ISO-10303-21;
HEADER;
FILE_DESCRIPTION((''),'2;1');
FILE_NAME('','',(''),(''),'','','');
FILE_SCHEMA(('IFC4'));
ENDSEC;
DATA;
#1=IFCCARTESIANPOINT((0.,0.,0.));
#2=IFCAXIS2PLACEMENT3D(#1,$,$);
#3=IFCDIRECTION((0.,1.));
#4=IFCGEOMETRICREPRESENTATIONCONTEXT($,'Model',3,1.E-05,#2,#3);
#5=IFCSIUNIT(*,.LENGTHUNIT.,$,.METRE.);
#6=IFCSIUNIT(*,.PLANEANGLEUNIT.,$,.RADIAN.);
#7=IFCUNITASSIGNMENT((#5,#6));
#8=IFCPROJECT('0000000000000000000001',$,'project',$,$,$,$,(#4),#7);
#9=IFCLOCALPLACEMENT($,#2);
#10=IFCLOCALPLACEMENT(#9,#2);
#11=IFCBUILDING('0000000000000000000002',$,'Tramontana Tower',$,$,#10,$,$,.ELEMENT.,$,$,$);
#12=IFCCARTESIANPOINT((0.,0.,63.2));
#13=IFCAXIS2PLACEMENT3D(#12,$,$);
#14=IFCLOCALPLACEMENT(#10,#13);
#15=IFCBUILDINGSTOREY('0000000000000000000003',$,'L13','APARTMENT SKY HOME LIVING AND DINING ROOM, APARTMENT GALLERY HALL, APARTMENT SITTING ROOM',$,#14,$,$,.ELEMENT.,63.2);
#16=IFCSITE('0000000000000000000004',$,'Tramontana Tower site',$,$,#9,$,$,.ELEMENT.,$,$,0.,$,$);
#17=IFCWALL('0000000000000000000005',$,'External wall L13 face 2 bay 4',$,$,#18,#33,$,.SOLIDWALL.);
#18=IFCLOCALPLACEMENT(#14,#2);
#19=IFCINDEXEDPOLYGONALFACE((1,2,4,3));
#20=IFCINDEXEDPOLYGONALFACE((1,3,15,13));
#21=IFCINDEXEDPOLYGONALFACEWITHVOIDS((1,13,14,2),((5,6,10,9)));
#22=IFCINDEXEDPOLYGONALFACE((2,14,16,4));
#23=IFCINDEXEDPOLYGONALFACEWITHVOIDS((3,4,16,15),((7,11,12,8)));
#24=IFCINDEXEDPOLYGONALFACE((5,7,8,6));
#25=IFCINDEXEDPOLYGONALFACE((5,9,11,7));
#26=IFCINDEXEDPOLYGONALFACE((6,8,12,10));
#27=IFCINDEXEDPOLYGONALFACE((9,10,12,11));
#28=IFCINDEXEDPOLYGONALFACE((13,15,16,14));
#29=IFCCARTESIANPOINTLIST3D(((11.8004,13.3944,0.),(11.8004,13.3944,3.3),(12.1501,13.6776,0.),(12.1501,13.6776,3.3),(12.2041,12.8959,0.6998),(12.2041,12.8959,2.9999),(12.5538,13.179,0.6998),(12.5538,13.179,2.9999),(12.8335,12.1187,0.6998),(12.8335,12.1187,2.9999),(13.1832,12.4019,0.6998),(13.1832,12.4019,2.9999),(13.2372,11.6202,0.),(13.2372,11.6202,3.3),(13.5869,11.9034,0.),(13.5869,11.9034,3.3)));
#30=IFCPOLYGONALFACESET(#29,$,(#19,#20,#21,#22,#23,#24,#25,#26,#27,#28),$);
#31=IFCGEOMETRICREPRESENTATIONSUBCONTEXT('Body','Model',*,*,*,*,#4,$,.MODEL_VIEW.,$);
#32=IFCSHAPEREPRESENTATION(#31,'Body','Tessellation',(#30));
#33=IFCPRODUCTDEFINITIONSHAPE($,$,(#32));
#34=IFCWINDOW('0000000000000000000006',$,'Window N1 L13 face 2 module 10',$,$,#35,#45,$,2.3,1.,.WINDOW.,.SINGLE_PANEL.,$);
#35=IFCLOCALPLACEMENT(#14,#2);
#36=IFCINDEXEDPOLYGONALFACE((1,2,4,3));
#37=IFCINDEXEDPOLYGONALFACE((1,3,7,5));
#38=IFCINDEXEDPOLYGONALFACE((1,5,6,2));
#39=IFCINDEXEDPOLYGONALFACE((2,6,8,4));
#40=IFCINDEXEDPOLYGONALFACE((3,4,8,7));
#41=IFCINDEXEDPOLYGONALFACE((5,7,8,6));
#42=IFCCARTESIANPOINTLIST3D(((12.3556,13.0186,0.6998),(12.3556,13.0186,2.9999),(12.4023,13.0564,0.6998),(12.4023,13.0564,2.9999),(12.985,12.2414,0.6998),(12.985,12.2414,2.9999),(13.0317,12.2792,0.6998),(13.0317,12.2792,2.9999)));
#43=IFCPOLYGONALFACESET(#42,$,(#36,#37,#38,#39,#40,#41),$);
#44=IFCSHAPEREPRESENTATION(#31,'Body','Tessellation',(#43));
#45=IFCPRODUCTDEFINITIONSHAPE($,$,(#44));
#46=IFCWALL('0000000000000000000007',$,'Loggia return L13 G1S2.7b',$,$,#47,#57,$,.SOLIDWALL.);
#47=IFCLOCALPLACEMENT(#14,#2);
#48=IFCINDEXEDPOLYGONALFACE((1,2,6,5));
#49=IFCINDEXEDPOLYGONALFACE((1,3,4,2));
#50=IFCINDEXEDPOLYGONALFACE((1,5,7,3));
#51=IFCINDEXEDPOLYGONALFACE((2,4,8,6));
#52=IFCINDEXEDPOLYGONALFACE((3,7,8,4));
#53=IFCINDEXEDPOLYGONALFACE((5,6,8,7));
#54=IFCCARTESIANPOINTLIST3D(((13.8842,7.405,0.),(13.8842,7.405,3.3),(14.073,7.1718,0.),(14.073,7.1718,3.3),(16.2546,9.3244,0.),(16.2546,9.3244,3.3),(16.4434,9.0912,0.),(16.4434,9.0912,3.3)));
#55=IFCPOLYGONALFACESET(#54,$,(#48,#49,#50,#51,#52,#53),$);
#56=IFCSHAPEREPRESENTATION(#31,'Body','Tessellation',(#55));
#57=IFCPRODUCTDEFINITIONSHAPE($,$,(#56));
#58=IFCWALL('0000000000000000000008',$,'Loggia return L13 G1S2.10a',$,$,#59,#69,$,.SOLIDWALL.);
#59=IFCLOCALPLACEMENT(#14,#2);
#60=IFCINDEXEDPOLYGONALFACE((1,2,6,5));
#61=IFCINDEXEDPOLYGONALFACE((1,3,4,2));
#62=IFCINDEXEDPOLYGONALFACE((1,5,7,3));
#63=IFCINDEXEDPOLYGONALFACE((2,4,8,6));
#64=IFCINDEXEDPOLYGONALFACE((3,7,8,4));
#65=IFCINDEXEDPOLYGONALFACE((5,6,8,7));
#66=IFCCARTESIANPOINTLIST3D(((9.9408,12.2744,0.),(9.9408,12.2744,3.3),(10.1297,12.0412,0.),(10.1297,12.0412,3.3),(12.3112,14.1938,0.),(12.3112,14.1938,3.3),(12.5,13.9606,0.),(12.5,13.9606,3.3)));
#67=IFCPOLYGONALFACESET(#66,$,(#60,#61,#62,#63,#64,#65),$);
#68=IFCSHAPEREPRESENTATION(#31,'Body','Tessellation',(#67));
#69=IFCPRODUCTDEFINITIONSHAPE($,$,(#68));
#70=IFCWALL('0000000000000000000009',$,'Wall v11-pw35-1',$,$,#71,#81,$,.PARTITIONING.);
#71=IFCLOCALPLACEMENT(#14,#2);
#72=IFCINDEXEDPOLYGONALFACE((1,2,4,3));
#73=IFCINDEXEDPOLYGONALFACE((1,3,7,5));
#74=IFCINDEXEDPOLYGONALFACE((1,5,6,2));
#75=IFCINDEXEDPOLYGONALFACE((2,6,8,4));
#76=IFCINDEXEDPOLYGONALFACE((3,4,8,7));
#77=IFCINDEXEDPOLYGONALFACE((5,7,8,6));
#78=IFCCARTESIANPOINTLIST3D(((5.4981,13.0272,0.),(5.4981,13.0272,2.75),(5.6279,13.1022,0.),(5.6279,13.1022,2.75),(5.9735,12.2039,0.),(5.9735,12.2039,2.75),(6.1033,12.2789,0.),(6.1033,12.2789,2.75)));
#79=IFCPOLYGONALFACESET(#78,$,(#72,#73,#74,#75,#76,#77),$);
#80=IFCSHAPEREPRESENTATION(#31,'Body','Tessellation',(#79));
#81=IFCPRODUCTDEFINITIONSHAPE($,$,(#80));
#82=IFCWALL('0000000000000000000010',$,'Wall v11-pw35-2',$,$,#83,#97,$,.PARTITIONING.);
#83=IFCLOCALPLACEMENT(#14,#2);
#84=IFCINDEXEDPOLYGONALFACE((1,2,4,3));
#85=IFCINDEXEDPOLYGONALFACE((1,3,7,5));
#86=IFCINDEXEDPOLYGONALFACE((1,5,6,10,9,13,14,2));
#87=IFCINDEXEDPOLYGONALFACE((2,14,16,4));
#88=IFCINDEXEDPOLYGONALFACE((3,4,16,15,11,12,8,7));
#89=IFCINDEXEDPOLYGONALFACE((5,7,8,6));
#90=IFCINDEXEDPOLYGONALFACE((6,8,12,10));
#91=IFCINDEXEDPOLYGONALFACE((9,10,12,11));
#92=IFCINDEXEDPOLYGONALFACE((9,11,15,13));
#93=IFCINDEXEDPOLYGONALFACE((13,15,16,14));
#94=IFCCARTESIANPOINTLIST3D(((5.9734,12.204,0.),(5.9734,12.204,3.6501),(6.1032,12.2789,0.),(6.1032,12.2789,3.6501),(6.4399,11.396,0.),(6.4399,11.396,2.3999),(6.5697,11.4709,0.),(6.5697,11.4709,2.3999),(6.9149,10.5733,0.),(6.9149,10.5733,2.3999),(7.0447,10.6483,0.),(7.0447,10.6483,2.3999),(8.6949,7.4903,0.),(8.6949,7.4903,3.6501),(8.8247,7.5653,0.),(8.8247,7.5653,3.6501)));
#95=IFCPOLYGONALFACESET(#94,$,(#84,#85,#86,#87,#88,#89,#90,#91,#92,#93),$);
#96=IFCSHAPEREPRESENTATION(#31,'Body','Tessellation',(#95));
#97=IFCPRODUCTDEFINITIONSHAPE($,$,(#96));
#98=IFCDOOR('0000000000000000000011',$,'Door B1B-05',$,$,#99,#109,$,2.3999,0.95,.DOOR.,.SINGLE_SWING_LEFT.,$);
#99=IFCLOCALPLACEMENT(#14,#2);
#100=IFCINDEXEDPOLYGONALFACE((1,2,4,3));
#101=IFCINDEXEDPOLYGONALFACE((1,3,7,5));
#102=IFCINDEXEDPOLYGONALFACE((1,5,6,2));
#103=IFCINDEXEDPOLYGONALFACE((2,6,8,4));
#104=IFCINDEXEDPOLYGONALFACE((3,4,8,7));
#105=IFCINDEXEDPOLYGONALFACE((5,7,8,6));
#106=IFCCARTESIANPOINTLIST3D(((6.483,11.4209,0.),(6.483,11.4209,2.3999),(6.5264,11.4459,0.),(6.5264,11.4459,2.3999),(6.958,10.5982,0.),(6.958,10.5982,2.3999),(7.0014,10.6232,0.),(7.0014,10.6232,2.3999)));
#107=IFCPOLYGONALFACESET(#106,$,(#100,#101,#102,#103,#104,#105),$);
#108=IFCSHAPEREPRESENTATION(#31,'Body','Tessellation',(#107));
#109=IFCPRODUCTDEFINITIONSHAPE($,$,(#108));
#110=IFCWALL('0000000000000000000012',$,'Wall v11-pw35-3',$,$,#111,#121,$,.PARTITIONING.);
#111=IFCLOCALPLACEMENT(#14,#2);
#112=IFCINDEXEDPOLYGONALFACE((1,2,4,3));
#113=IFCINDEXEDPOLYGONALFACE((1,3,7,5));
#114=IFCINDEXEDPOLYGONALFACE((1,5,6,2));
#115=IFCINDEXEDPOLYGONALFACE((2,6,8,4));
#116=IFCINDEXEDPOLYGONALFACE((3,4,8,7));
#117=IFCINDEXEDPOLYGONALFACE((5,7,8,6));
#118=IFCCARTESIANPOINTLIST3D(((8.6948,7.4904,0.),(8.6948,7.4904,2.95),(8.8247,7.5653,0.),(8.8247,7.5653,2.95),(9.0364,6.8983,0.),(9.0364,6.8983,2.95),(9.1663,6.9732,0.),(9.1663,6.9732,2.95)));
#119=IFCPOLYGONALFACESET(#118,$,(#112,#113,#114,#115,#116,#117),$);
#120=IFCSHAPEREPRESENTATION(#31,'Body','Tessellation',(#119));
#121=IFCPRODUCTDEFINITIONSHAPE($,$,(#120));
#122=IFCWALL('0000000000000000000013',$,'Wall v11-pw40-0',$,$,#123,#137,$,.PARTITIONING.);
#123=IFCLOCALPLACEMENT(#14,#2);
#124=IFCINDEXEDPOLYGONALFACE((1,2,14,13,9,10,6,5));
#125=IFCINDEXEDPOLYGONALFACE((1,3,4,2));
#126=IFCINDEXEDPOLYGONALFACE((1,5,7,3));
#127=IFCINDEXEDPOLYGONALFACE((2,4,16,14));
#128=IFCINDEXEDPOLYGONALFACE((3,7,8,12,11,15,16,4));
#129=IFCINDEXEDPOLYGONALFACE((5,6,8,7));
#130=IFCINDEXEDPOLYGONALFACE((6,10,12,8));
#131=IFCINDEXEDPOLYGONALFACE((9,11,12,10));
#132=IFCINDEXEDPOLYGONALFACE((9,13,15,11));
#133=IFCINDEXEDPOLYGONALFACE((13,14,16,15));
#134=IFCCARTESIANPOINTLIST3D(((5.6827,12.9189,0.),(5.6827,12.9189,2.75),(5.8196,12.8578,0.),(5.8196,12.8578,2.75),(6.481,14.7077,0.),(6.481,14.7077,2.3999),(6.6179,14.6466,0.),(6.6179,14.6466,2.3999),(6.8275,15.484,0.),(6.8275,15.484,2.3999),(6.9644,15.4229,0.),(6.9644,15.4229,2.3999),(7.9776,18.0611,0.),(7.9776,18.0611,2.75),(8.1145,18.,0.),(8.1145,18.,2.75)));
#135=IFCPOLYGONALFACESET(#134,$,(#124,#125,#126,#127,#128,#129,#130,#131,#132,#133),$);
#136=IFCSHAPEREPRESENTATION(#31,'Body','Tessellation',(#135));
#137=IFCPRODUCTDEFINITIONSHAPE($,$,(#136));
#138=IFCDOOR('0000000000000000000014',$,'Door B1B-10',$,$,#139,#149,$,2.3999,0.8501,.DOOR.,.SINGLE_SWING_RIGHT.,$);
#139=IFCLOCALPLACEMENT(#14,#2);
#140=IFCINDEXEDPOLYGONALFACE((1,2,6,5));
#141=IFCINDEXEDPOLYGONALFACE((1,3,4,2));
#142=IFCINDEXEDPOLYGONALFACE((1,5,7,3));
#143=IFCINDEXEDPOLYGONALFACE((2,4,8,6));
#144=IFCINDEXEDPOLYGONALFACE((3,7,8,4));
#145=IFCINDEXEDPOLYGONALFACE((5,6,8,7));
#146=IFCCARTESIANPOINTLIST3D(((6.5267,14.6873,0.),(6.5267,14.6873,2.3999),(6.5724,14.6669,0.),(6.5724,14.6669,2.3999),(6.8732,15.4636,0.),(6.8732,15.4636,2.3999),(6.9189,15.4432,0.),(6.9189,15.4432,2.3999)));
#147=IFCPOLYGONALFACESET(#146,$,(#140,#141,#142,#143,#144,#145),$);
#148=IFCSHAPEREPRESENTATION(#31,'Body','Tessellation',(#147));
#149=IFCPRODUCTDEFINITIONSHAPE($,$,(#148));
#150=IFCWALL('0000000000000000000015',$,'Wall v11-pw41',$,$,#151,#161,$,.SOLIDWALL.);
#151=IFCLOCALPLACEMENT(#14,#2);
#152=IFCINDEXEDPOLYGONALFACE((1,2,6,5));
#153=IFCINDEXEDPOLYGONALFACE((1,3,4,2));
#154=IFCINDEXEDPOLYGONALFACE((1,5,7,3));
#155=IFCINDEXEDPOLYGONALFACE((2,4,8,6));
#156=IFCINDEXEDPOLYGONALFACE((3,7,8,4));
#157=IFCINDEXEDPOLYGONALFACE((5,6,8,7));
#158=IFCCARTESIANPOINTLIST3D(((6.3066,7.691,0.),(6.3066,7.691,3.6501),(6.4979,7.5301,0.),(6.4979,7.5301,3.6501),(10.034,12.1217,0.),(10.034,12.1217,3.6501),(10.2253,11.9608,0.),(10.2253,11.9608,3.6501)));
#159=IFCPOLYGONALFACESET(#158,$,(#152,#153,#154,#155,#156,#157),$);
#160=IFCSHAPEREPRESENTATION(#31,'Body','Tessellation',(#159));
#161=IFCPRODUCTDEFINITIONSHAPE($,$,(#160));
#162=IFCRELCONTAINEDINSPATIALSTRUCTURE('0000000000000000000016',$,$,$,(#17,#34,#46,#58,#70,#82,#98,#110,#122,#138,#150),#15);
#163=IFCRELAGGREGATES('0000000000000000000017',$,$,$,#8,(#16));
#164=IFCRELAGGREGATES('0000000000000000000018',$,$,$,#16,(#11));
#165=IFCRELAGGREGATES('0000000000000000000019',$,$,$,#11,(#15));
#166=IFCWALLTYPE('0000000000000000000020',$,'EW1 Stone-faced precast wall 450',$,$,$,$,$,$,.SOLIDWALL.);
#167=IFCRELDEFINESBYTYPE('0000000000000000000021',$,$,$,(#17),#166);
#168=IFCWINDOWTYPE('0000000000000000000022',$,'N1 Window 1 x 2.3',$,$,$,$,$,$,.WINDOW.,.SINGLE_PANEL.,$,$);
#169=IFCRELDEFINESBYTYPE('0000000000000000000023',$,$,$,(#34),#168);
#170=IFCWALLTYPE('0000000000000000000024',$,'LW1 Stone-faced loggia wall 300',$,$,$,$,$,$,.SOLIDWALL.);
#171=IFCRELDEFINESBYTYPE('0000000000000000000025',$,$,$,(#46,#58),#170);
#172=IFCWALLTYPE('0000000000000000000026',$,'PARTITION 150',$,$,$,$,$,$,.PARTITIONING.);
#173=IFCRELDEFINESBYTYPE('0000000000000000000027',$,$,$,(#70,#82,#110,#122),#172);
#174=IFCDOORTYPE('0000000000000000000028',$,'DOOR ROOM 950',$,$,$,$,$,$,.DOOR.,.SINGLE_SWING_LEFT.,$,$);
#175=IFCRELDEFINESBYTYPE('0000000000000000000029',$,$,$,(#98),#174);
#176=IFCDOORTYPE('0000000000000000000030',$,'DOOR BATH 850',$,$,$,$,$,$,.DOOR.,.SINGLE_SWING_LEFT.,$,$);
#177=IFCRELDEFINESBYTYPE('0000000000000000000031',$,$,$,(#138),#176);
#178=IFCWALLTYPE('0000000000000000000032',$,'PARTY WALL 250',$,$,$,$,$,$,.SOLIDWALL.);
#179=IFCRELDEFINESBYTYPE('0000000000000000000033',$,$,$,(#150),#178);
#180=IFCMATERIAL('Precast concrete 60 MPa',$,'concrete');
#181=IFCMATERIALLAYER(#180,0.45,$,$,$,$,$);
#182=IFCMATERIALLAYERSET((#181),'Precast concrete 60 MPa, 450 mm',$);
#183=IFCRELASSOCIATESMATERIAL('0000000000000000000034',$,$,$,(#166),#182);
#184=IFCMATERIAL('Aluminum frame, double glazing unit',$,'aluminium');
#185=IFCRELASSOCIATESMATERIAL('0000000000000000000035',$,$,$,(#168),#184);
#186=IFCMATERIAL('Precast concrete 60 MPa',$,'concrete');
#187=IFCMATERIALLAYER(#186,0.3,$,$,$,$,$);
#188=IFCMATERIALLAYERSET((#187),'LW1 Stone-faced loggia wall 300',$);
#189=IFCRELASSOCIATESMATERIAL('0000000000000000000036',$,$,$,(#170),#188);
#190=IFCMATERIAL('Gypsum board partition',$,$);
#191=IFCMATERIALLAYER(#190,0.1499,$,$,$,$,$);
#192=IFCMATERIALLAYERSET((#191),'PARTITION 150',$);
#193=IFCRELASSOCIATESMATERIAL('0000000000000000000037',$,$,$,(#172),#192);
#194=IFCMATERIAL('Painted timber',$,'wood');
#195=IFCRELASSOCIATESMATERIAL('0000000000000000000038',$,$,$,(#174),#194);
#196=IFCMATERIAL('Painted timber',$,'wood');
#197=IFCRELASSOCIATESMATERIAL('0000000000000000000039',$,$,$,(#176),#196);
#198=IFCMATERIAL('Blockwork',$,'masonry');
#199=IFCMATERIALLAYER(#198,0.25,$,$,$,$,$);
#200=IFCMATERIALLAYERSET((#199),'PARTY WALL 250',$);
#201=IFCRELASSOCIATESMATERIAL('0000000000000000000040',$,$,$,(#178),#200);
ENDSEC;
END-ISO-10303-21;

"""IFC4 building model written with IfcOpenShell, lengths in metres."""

from ifc_helpers import new_model, si_unit, direction, frame, frame_2d, origin, place, context, subcontext, project, spatial, rectangle, extrude, material, layer, layer_set, type_object, element, fill, save


model = new_model("IFC4")

# Units and contexts
model_context = context("Model", 3, precision=1e-05, world=origin(), true_north=direction((0.0, 1.0)))
body_context = subcontext(model_context, "Body", "Model", "MODEL_VIEW")
ifc_project = project(units=[si_unit("LENGTHUNIT", "METRE"), si_unit("PLANEANGLEUNIT", "RADIAN")], contexts=[model_context])

# Site, building, storey
site_placement = place(None, origin())
site = spatial("IfcSite", under=ifc_project, at=site_placement, Name="Tramontana Tower site", CompositionType="ELEMENT", RefElevation=0.0)
building_placement = place(site_placement, origin())
building = spatial("IfcBuilding", under=site, at=building_placement, Name="Tramontana Tower", CompositionType="ELEMENT")
storey_placement = place(building_placement, frame((0.0, 0.0, 63.2)))
storey = spatial("IfcBuildingStorey", under=building, at=storey_placement, Name="L13", Description="APARTMENT SKY HOME LIVING AND DINING ROOM, APARTMENT GALLERY HALL, APARTMENT SITTING ROOM", CompositionType="ELEMENT", Elevation=63.2)

# Wall, opening, window
ifc_material_1 = material(Name="Precast concrete 60 MPa", Category="concrete")
ifc_layer_1 = layer(ifc_material_1, 0.45)
ifc_layer_set_1 = layer_set([ifc_layer_1], Name="Precast concrete 60 MPa, 450 mm")
wall_type_1 = type_object("IfcWallType", Name="EW1 Stone-faced precast wall 450", PredefinedType="SOLIDWALL", material=ifc_layer_set_1)
wall_1_placement = place(storey_placement, frame((13.4121, 11.7617, 0.0), z_axis=(0.0, 0.0, 1.0), x_axis=(-0.62934, 0.77713, 0.0)))
wall_1 = element("IfcWall", 1, at=wall_1_placement, inside=storey, type_object=wall_type_1, Name="External wall L13 face 2 bay 4", PredefinedType="SOLIDWALL", context=body_context, shape_type="SweptSolid", body=[
    extrude(rectangle(XDim=2.283, YDim=0.45, at=frame_2d((1.1416, 0.0))), origin(), (0.0, 0.0, 1.0), 3.3),
])
opening_1_placement = place(wall_1_placement, frame((0.6416, 0.0, 0.7)))
opening_1 = element("IfcOpeningElement", 2, at=opening_1_placement, cuts=wall_1, PredefinedType="OPENING", context=body_context, shape_type="SweptSolid", body=[
    extrude(rectangle(XDim=1.0, YDim=2.3, at=frame_2d((0.5, 1.1499))), frame((0.0, 0.2349, 0.0), z_axis=(0.0, -1.0, 0.0), x_axis=(1.0, 0.0, 0.0)), (0.0, 0.0, 1.0), 0.47),
])
ifc_material_2 = material(Name="Aluminum frame, double glazing unit", Category="aluminium")
window_type_1 = type_object("IfcWindowType", Name="N1 Window 1 x 2.3", PartitioningType="SINGLE_PANEL", PredefinedType="WINDOW", material=ifc_material_2)
window_1_placement = place(opening_1_placement, origin())
window_1 = element("IfcWindow", 3, at=window_1_placement, inside=storey, type_object=window_type_1, Name="Window N1 L13 face 2 module 10", OverallHeight=2.3, OverallWidth=1.0, PartitioningType="SINGLE_PANEL", PredefinedType="WINDOW", context=body_context, shape_type="SweptSolid", body=[
    extrude(rectangle(XDim=1.0, YDim=2.3, at=frame_2d((0.5, 1.1499))), frame((0.0, 0.03, 0.0), z_axis=(0.0, -1.0, 0.0), x_axis=(1.0, 0.0, 0.0)), (0.0, 0.0, 1.0), 0.0601),
])
fill(opening_1, window_1)

# Wall
ifc_material_3 = material(Name="Precast concrete 60 MPa", Category="concrete")
ifc_layer_2 = layer(ifc_material_3, 0.3)
ifc_layer_set_2 = layer_set([ifc_layer_2], Name="LW1 Stone-faced loggia wall 300")
wall_type_2 = type_object("IfcWallType", Name="LW1 Stone-faced loggia wall 300", PredefinedType="SOLIDWALL", material=ifc_layer_set_2)
wall_2_placement = place(storey_placement, frame((16.3489, 9.2078, 0.0), z_axis=(0.0, 0.0, 1.0), x_axis=(-0.777154, -0.629311, 0.0)))
element("IfcWall", 4, at=wall_2_placement, inside=storey, type_object=wall_type_2, Name="Loggia return L13 G1S2.7b", PredefinedType="SOLIDWALL", context=body_context, shape_type="SweptSolid", body=[
    extrude(rectangle(XDim=3.05, YDim=0.3, at=frame_2d((1.5249, 0.0))), origin(), (0.0, 0.0, 1.0), 3.3),
])

# Walls
wall_3_placement = place(storey_placement, frame((12.4055, 14.0771, 0.0), z_axis=(0.0, 0.0, 1.0), x_axis=(-0.777154, -0.629311, 0.0)))
element("IfcWall", 5, at=wall_3_placement, inside=storey, type_object=wall_type_2, Name="Loggia return L13 G1S2.10a", PredefinedType="SOLIDWALL", context=body_context, shape_type="SweptSolid", body=[
    extrude(rectangle(XDim=3.05, YDim=0.3, at=frame_2d((1.5249, 0.0))), origin(), (0.0, 0.0, 1.0), 3.3),
])
ifc_material_4 = material(Name="Gypsum board partition")
ifc_layer_3 = layer(ifc_material_4, 0.1499)
ifc_layer_set_3 = layer_set([ifc_layer_3], Name="PARTITION 150")
wall_type_3 = type_object("IfcWallType", Name="PARTITION 150", PredefinedType="PARTITIONING", material=ifc_layer_set_3)
wall_4_placement = place(storey_placement, frame((5.563, 13.0647, 0.0), z_axis=(0.0, 0.0, 1.0), x_axis=(0.500034, -0.866006, 0.0)))
element("IfcWall", 6, at=wall_4_placement, inside=storey, type_object=wall_type_3, Name="Wall v11-pw35-1", PredefinedType="PARTITIONING", context=body_context, shape_type="SweptSolid", body=[
    extrude(rectangle(XDim=0.9507, YDim=0.1499, at=frame_2d((0.4753, 0.0))), origin(), (0.0, 0.0, 1.0), 2.75),
])

# Wall, opening, door
wall_5_placement = place(storey_placement, frame((6.0383, 12.2415, 0.0), z_axis=(0.0, 0.0, 1.0), x_axis=(0.500003, -0.866023, 0.0)))
wall_5 = element("IfcWall", 7, at=wall_5_placement, inside=storey, type_object=wall_type_3, Name="Wall v11-pw35-2", PredefinedType="PARTITIONING", context=body_context, shape_type="SweptSolid", body=[
    extrude(rectangle(XDim=5.4429, YDim=0.1499, at=frame_2d((2.7214, 0.0))), origin(), (0.0, 0.0, 1.0), 3.6501),
])
opening_2_placement = place(wall_5_placement, frame((0.9329, 0.0, 0.0)))
opening_2 = element("IfcOpeningElement", 8, at=opening_2_placement, cuts=wall_5, PredefinedType="OPENING", context=body_context, shape_type="SweptSolid", body=[
    extrude(rectangle(XDim=0.95, YDim=2.3999, at=frame_2d((0.4751, 1.2))), frame((0.0, 0.085, 0.0), z_axis=(0.0, -1.0, 0.0), x_axis=(1.0, 0.0, 0.0)), (0.0, 0.0, 1.0), 0.1699),
])
ifc_material_5 = material(Name="Painted timber", Category="wood")
door_type_1 = type_object("IfcDoorType", Name="DOOR ROOM 950", OperationType="SINGLE_SWING_LEFT", PredefinedType="DOOR", material=ifc_material_5)
door_1_placement = place(opening_2_placement, origin())
door_1 = element("IfcDoor", 9, at=door_1_placement, inside=storey, type_object=door_type_1, Name="Door B1B-05", OperationType="SINGLE_SWING_LEFT", OverallHeight=2.3999, OverallWidth=0.95, PredefinedType="DOOR", context=body_context, shape_type="SweptSolid", body=[
    extrude(rectangle(XDim=0.95, YDim=2.3999, at=frame_2d((0.4751, 1.2))), frame((0.0, 0.0249, 0.0), z_axis=(0.0, -1.0, 0.0), x_axis=(1.0, 0.0, 0.0)), (0.0, 0.0, 1.0), 0.05),
])
fill(opening_2, door_1)

# Wall
wall_6_placement = place(storey_placement, frame((8.7598, 7.5278, 0.0), z_axis=(0.0, 0.0, 1.0), x_axis=(0.499712, -0.866192, 0.0)))
element("IfcWall", 10, at=wall_6_placement, inside=storey, type_object=wall_type_3, Name="Wall v11-pw35-3", PredefinedType="PARTITIONING", context=body_context, shape_type="SweptSolid", body=[
    extrude(rectangle(XDim=0.6836, YDim=0.1499, at=frame_2d((0.3418, 0.0))), origin(), (0.0, 0.0, 1.0), 2.95),
])

# Wall, opening, door
wall_7_placement = place(storey_placement, frame((5.7512, 12.8884, 0.0), z_axis=(0.0, 0.0, 1.0), x_axis=(0.407538, 0.913188, 0.0)))
wall_7 = element("IfcWall", 11, at=wall_7_placement, inside=storey, type_object=wall_type_3, Name="Wall v11-pw40-0", PredefinedType="PARTITIONING", context=body_context, shape_type="SweptSolid", body=[
    extrude(rectangle(XDim=5.6311, YDim=0.1499, at=frame_2d((2.8154, 0.0))), origin(), (0.0, 0.0, 1.0), 2.75),
])
opening_3_placement = place(wall_7_placement, frame((1.9587, 0.0, 0.0)))
opening_3 = element("IfcOpeningElement", 12, at=opening_3_placement, cuts=wall_7, PredefinedType="OPENING", context=body_context, shape_type="SweptSolid", body=[
    extrude(rectangle(XDim=0.8501, YDim=2.3999, at=frame_2d((0.425, 1.2))), frame((0.0, 0.085, 0.0), z_axis=(0.0, -1.0, 0.0), x_axis=(1.0, 0.0, 0.0)), (0.0, 0.0, 1.0), 0.1699),
])
ifc_material_6 = material(Name="Painted timber", Category="wood")
door_type_2 = type_object("IfcDoorType", Name="DOOR BATH 850", OperationType="SINGLE_SWING_LEFT", PredefinedType="DOOR", material=ifc_material_6)
door_2_placement = place(opening_3_placement, origin())
door_2 = element("IfcDoor", 13, at=door_2_placement, inside=storey, type_object=door_type_2, Name="Door B1B-10", OperationType="SINGLE_SWING_RIGHT", OverallHeight=2.3999, OverallWidth=0.8501, PredefinedType="DOOR", context=body_context, shape_type="SweptSolid", body=[
    extrude(rectangle(XDim=0.8501, YDim=2.3999, at=frame_2d((0.425, 1.2))), frame((0.0, 0.0249, 0.0), z_axis=(0.0, -1.0, 0.0), x_axis=(1.0, 0.0, 0.0)), (0.0, 0.0, 1.0), 0.05),
])
fill(opening_3, door_2)

# Wall
ifc_material_7 = material(Name="Blockwork", Category="masonry")
ifc_layer_4 = layer(ifc_material_7, 0.25)
ifc_layer_set_4 = layer_set([ifc_layer_4], Name="PARTY WALL 250")
wall_type_4 = type_object("IfcWallType", Name="PARTY WALL 250", PredefinedType="SOLIDWALL", material=ifc_layer_set_4)
wall_8_placement = place(storey_placement, frame((10.1296, 12.0413, 0.0), z_axis=(0.0, 0.0, 1.0), x_axis=(-0.643753, -0.765234, 0.0)))
element("IfcWall", 14, at=wall_8_placement, inside=storey, type_object=wall_type_4, Name="Wall v11-pw41", PredefinedType="SOLIDWALL", context=body_context, shape_type="SweptSolid", body=[
    extrude(rectangle(XDim=5.79, YDim=0.25, at=frame_2d((2.895, 0.0))), origin(), (0.0, 0.0, 1.0), 3.6501),
])

save(model, "model.ifc")
